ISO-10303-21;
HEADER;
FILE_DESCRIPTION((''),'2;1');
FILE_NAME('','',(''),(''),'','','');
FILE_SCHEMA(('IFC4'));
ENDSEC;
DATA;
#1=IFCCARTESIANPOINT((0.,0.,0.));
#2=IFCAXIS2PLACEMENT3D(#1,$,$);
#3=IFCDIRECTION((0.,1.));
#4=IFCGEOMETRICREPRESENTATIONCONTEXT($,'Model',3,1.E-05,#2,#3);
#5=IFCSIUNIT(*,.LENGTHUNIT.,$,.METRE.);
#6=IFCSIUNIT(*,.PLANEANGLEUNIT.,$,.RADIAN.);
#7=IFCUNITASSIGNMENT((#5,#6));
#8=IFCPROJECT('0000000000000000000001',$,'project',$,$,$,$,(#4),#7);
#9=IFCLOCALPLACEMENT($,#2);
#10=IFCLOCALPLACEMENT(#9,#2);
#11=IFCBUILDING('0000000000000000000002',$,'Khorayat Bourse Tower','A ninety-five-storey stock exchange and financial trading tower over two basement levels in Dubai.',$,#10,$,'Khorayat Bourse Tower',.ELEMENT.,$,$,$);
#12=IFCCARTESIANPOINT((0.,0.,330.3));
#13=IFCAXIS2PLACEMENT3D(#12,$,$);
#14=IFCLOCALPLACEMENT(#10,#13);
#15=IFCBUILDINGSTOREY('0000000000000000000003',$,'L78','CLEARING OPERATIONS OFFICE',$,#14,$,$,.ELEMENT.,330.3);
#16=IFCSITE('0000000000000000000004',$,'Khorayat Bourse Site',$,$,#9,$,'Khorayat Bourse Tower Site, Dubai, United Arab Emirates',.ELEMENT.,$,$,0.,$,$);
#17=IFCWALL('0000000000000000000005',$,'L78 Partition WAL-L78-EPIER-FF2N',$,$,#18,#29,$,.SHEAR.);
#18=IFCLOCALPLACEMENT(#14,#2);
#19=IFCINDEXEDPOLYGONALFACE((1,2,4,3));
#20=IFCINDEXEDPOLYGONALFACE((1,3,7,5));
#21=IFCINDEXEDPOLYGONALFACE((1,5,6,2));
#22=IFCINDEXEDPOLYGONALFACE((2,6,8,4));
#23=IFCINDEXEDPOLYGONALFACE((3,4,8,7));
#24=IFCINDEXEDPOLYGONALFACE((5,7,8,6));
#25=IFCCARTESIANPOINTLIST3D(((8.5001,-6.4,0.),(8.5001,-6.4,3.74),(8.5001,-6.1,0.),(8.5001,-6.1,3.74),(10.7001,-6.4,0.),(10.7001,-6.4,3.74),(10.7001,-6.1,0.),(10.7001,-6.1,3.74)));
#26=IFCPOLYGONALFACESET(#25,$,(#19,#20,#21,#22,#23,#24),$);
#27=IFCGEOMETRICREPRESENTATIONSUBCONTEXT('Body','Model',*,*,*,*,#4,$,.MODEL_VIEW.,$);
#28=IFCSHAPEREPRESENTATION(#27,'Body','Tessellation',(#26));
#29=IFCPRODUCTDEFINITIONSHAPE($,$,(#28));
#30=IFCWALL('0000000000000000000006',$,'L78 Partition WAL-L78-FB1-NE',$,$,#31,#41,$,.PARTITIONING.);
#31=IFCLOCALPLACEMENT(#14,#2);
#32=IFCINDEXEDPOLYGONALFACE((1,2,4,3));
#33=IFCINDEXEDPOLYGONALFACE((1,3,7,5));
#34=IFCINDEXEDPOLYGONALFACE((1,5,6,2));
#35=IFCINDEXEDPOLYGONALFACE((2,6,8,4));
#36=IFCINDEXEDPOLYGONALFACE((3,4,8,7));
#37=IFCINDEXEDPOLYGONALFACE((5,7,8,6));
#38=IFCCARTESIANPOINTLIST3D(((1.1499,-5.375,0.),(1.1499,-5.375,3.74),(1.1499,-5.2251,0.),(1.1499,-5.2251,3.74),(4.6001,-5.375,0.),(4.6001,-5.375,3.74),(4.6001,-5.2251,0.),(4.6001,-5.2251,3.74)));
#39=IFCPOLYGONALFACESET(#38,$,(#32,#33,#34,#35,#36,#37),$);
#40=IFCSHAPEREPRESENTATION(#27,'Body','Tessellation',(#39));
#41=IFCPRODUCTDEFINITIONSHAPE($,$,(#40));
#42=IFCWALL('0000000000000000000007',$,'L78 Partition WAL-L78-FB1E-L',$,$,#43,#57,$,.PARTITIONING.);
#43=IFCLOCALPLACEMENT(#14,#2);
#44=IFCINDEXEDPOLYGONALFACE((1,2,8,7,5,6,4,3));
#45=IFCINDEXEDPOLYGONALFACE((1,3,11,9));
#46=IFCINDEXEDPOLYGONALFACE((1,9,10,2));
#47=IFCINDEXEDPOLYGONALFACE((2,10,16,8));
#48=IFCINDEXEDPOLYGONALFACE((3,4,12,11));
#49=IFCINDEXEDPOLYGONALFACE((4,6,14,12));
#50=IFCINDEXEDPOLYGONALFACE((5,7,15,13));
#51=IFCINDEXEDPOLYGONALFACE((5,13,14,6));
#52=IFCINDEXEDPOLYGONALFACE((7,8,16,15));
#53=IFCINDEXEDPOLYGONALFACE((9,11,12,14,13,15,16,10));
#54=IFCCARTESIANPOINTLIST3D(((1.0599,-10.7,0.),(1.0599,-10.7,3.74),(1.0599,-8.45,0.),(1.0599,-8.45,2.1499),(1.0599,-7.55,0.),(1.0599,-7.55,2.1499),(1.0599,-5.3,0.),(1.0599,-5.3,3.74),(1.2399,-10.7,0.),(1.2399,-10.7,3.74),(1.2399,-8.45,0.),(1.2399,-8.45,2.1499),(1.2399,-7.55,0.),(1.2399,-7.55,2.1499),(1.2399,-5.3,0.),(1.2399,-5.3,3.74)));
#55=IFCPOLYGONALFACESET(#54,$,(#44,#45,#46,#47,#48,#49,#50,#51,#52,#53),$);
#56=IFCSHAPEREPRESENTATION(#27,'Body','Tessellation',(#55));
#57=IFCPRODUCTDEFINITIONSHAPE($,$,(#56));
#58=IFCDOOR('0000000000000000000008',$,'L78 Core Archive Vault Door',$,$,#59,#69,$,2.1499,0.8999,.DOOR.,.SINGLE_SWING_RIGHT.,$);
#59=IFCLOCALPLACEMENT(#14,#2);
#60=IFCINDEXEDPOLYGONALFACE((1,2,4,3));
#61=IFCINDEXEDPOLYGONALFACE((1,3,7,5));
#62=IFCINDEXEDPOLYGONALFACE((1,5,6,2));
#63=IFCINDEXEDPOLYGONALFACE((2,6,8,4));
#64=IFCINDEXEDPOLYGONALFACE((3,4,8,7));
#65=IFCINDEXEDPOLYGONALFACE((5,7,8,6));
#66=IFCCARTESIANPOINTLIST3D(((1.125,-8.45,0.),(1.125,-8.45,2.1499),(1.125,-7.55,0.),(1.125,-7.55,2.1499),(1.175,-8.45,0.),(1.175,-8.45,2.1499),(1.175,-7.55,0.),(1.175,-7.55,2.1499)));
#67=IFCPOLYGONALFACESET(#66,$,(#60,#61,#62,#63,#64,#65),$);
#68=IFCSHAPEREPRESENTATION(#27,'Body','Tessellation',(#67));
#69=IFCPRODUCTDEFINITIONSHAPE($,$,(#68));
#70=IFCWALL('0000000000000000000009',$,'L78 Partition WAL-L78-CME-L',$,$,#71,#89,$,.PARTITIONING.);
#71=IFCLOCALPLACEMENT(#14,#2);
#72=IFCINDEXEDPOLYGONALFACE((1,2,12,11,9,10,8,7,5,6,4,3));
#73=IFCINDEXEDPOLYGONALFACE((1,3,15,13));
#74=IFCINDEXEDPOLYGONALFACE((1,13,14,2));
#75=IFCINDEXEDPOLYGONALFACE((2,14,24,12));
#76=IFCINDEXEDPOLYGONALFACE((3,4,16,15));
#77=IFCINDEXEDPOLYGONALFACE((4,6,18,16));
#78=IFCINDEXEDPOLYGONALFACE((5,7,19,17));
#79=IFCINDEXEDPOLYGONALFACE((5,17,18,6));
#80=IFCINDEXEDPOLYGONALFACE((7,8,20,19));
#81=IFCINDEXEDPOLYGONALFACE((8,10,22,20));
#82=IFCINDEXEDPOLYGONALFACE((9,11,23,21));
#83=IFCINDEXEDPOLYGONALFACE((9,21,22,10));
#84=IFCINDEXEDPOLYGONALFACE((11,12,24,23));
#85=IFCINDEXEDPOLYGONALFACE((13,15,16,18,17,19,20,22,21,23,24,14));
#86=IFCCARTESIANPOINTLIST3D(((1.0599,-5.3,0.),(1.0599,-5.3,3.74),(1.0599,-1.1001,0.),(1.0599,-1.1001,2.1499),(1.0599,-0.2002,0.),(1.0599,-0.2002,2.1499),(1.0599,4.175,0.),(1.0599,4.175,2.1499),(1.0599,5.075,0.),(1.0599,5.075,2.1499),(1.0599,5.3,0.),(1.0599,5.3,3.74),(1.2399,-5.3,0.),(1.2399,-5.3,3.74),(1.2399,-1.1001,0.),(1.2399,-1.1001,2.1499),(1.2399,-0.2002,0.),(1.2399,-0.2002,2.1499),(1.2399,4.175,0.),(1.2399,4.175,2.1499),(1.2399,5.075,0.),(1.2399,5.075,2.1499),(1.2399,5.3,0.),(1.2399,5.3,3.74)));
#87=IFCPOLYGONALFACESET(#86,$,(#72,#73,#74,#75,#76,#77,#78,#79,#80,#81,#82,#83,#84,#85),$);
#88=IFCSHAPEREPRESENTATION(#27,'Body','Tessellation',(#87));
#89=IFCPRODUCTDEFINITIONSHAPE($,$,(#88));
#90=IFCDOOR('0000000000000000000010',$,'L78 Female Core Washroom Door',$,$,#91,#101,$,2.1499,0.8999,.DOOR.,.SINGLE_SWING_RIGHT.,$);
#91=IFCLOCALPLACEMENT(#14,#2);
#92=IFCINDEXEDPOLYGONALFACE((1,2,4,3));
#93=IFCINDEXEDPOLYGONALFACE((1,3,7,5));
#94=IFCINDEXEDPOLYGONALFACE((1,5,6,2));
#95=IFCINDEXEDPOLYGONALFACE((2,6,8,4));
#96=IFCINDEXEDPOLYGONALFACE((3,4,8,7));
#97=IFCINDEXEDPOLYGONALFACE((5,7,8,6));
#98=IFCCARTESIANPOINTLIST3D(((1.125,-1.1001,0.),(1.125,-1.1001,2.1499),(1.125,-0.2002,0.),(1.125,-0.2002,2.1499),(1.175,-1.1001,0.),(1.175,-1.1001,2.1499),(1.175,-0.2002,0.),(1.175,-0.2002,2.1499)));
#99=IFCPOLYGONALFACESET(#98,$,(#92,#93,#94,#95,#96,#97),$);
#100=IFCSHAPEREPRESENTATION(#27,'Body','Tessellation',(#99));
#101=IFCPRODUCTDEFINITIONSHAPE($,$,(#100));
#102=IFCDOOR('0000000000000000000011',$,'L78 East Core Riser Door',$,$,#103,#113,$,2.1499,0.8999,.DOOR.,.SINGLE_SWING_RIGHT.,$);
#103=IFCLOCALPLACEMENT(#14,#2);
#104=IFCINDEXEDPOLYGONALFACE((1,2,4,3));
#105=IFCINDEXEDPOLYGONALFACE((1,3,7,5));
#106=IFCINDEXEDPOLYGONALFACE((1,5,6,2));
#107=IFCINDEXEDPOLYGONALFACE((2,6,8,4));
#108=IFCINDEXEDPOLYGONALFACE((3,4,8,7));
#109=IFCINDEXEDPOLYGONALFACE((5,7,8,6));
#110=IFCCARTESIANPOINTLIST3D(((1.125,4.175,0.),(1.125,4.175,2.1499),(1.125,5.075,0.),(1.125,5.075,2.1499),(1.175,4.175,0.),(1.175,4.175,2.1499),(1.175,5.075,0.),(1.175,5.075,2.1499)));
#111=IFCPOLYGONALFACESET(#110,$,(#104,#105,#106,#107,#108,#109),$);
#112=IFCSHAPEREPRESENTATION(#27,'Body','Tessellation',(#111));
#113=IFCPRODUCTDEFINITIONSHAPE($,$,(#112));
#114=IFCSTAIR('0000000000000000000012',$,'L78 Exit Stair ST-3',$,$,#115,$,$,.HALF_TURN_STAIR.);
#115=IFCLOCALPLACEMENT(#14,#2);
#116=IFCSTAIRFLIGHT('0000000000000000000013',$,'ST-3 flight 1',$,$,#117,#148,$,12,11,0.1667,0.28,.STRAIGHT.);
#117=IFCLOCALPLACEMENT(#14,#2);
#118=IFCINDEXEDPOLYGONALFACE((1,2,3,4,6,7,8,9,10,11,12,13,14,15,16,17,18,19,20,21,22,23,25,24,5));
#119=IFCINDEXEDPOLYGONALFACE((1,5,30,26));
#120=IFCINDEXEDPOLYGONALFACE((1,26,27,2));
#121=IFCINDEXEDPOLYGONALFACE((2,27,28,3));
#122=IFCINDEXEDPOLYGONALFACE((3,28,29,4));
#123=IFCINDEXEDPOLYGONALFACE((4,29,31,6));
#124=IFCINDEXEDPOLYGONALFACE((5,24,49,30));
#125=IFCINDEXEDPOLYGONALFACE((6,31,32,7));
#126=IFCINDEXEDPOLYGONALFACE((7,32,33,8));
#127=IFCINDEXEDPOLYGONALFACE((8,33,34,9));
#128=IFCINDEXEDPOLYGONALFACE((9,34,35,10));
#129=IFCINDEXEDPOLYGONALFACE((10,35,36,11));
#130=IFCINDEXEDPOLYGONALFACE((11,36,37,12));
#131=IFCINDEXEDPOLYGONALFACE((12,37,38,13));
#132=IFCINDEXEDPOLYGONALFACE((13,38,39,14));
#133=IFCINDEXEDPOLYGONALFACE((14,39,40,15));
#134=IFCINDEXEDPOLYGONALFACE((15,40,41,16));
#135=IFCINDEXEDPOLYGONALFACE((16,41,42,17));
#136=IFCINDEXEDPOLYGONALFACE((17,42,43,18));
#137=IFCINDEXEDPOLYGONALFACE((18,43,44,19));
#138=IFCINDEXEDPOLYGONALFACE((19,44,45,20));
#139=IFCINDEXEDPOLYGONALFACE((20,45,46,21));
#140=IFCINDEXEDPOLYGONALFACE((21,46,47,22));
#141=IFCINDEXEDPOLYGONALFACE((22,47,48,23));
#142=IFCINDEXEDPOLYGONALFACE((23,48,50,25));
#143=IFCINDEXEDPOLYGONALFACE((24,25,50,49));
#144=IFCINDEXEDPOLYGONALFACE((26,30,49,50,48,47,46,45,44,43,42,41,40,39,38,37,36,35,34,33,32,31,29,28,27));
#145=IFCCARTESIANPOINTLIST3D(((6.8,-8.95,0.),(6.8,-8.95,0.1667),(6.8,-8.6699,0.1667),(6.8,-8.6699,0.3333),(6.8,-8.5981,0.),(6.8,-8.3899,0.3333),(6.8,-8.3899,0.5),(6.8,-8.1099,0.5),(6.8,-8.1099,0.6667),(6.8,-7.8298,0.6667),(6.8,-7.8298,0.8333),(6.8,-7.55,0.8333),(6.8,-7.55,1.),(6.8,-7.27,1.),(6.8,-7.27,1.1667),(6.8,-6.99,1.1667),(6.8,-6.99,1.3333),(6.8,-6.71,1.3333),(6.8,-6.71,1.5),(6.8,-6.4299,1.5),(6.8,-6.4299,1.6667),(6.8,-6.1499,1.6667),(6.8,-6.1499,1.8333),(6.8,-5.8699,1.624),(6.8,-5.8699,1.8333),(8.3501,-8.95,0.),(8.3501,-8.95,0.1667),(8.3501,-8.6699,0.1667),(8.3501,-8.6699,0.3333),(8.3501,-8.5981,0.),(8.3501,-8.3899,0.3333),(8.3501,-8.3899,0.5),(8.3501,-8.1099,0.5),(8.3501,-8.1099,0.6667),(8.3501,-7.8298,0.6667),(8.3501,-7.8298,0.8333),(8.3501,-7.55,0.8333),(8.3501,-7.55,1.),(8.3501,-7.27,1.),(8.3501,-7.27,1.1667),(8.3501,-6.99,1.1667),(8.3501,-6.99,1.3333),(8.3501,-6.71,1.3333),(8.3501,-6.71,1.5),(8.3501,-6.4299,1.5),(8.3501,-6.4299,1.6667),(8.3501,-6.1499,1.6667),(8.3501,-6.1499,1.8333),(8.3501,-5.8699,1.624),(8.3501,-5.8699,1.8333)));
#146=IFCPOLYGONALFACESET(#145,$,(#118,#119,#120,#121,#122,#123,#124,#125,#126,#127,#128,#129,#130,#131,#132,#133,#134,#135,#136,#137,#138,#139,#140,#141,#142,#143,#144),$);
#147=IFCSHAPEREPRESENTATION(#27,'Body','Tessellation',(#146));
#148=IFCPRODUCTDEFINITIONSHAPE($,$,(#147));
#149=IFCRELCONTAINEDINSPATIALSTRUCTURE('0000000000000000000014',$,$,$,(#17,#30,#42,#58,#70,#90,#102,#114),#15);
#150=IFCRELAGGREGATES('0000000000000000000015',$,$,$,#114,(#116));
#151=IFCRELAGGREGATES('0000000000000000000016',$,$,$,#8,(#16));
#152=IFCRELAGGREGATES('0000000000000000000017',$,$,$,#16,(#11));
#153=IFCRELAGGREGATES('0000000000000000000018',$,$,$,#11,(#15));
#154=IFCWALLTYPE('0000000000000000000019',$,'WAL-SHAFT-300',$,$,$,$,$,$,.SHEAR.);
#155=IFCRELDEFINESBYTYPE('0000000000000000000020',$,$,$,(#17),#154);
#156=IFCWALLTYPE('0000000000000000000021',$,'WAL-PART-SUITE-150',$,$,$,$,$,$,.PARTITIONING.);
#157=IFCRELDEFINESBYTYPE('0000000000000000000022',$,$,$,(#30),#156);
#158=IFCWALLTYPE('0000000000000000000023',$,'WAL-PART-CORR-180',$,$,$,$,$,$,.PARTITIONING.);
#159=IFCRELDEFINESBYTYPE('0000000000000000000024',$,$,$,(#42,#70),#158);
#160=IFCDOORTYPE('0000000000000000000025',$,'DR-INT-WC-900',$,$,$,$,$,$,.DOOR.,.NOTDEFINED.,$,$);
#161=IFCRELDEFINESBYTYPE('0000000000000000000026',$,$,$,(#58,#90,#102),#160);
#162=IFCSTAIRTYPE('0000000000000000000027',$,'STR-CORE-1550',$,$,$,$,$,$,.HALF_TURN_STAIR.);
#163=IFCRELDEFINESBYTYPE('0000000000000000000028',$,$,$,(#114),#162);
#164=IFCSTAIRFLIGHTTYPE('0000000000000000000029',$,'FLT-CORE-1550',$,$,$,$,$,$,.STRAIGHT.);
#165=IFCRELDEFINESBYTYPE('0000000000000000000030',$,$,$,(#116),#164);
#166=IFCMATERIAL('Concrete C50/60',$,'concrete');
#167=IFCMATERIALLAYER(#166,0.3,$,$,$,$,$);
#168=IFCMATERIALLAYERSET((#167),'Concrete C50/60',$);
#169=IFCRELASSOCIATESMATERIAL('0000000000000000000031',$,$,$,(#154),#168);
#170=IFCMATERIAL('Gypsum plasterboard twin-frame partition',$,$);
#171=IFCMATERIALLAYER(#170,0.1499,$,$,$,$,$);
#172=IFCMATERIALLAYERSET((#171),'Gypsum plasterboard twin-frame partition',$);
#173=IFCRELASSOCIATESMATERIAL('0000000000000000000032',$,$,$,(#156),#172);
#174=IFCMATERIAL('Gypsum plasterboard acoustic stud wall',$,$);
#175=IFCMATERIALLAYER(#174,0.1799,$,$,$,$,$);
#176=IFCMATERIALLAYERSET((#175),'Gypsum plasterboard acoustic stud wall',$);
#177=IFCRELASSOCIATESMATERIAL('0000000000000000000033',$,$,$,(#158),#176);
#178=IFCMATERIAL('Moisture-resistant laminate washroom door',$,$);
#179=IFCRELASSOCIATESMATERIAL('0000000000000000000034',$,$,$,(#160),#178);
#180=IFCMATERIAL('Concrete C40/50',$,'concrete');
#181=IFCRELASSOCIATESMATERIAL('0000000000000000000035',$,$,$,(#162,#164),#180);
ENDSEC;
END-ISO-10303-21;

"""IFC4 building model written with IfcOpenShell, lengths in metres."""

from ifc_helpers import new_model, si_unit, direction, frame, frame_2d, origin, place, context, subcontext, project, spatial, polyline, rectangle, outline, extrude, source, transform, mapped, material, layer, layer_set, type_object, element, fill, aggregate, save


model = new_model("IFC4")

# Units and contexts
model_context = context("Model", 3, precision=1e-05, world=origin(), true_north=direction((0.0, 1.0)))
body_context = subcontext(model_context, "Body", "Model", "MODEL_VIEW")
ifc_project = project(units=[si_unit("LENGTHUNIT", "METRE"), si_unit("PLANEANGLEUNIT", "RADIAN")], contexts=[model_context])

# Site, building, storey
site_placement = place(None, origin())
site = spatial("IfcSite", under=ifc_project, at=site_placement, Name="Khorayat Bourse Site", LongName="Khorayat Bourse Tower Site, Dubai, United Arab Emirates", CompositionType="ELEMENT", RefElevation=0.0)
building_placement = place(site_placement, origin())
building = spatial("IfcBuilding", under=site, at=building_placement, Name="Khorayat Bourse Tower", Description="A ninety-five-storey stock exchange and financial trading tower over two basement levels in Dubai.", LongName="Khorayat Bourse Tower", CompositionType="ELEMENT")
storey_placement = place(building_placement, frame((0.0, 0.0, 330.3)))
storey = spatial("IfcBuildingStorey", under=building, at=storey_placement, Name="L78", Description="CLEARING OPERATIONS OFFICE", CompositionType="ELEMENT", Elevation=330.3)

# Walls
ifc_material_1 = material(Name="Concrete C50/60", Category="concrete")
ifc_layer_1 = layer(ifc_material_1, 0.3)
ifc_layer_set_1 = layer_set([ifc_layer_1], Name="Concrete C50/60")
wall_type_1 = type_object("IfcWallType", Name="WAL-SHAFT-300", PredefinedType="SHEAR", material=ifc_layer_set_1)
shared_shape_1 = source(origin(), body_context, "Body", "SweptSolid", [
    extrude(rectangle(XDim=2.2, YDim=0.3, at=frame_2d((1.1001, 0.0))), origin(), (0.0, 0.0, 1.0), 3.74),
])
for number, where, z_axis, x_axis, name in (
    (1, (8.5, -6.25, 0.0), (0.0, 0.0, 1.0), (1.0, 0.0, 0.0), "L78 Partition WAL-L78-EPIER-FF2N"),
):
    element("IfcWall", number, at=place(storey_placement, frame(where, z_axis=z_axis, x_axis=x_axis)), inside=storey, type_object=wall_type_1, Name=name, PredefinedType="SHEAR", context=body_context, shape_type="MappedRepresentation", body=[
        mapped(shared_shape_1, transform((0.0, 0.0, 0.0), scale=1.0)),
    ])
ifc_material_2 = material(Name="Gypsum plasterboard twin-frame partition")
ifc_layer_2 = layer(ifc_material_2, 0.1499)
ifc_layer_set_2 = layer_set([ifc_layer_2], Name="Gypsum plasterboard twin-frame partition")
wall_type_2 = type_object("IfcWallType", Name="WAL-PART-SUITE-150", PredefinedType="PARTITIONING", material=ifc_layer_set_2)
shared_shape_2 = source(origin(), body_context, "Body", "SweptSolid", [
    extrude(rectangle(XDim=3.4502, YDim=0.1499, at=frame_2d((1.7251, 0.0))), origin(), (0.0, 0.0, 1.0), 3.74),
])
wall_1_placement = place(storey_placement, frame((1.1499, -5.3, 0.0), z_axis=(0.0, 0.0, 1.0), x_axis=(1.0, 0.0, 0.0)))
element("IfcWall", 2, at=wall_1_placement, inside=storey, type_object=wall_type_2, Name="L78 Partition WAL-L78-FB1-NE", PredefinedType="PARTITIONING", context=body_context, shape_type="MappedRepresentation", body=[
    mapped(shared_shape_2, transform((0.0, 0.0, 0.0), scale=1.0)),
])

# Shared definitions
ifc_material_3 = material(Name="Gypsum plasterboard acoustic stud wall")
ifc_layer_3 = layer(ifc_material_3, 0.1799)
ifc_layer_set_3 = layer_set([ifc_layer_3], Name="Gypsum plasterboard acoustic stud wall")
wall_type_3 = type_object("IfcWallType", Name="WAL-PART-CORR-180", PredefinedType="PARTITIONING", material=ifc_layer_set_3)
shared_shape_3 = source(origin(), body_context, "Body", "SweptSolid", [
    extrude(rectangle(XDim=5.3999, YDim=0.1799, at=frame_2d((2.7, 0.0))), origin(), (0.0, 0.0, 1.0), 3.74),
])
shared_shape_4 = source(origin(), body_context, "Body", "SweptSolid", [
    extrude(rectangle(XDim=0.8999, YDim=2.1499, at=frame_2d((0.45, 1.075))), frame((0.0, 0.0999, 0.0), z_axis=(0.0, -1.0, 0.0), x_axis=(1.0, 0.0, 0.0)), (0.0, 0.0, 1.0), 0.2),
])
ifc_material_4 = material(Name="Moisture-resistant laminate washroom door")
door_type = type_object("IfcDoorType", Name="DR-INT-WC-900", OperationType="NOTDEFINED", PredefinedType="DOOR", material=ifc_material_4)
shared_shape_5 = source(origin(), body_context, "Body", "SweptSolid", [
    extrude(rectangle(XDim=0.8999, YDim=2.1499, at=frame_2d((0.45, 1.075))), frame((0.0, 0.0249, 0.0), z_axis=(0.0, -1.0, 0.0), x_axis=(1.0, 0.0, 0.0)), (0.0, 0.0, 1.0), 0.05),
])

# Wall, opening, door
wall_2_placement = place(storey_placement, frame((1.1499, -10.7, 0.0), z_axis=(0.0, 0.0, 1.0), x_axis=(0.0, 1.0, 0.0)))
wall_2 = element("IfcWall", 3, at=wall_2_placement, inside=storey, type_object=wall_type_3, Name="L78 Partition WAL-L78-FB1E-L", PredefinedType="PARTITIONING", context=body_context, shape_type="MappedRepresentation", body=[
    mapped(shared_shape_3, transform((0.0, 0.0, 0.0), scale=1.0)),
])
opening_1_placement = place(wall_2_placement, frame((2.25, 0.0, 0.0)))
opening_1 = element("IfcOpeningElement", 4, at=opening_1_placement, cuts=wall_2, PredefinedType="OPENING", context=body_context, shape_type="MappedRepresentation", body=[
    mapped(shared_shape_4, transform((0.0, 0.0, 0.0), scale=1.0)),
])
door_1_placement = place(opening_1_placement, origin())
door_1 = element("IfcDoor", 5, at=door_1_placement, inside=storey, type_object=door_type, Name="L78 Core Archive Vault Door", OperationType="SINGLE_SWING_RIGHT", OverallHeight=2.1499, OverallWidth=0.8999, PredefinedType="DOOR", context=body_context, shape_type="MappedRepresentation", body=[
    mapped(shared_shape_5, transform((0.0, 0.0, 0.0), scale=1.0)),
])
fill(opening_1, door_1)

# Wall, openings, doors
shared_shape_6 = source(origin(), body_context, "Body", "SweptSolid", [
    extrude(rectangle(XDim=10.6001, YDim=0.1799, at=frame_2d((5.3, 0.0))), origin(), (0.0, 0.0, 1.0), 3.74),
])
wall_3_placement = place(storey_placement, frame((1.1499, -5.3, 0.0), z_axis=(0.0, 0.0, 1.0), x_axis=(0.0, 1.0, 0.0)))
wall_3 = element("IfcWall", 6, at=wall_3_placement, inside=storey, type_object=wall_type_3, Name="L78 Partition WAL-L78-CME-L", PredefinedType="PARTITIONING", context=body_context, shape_type="MappedRepresentation", body=[
    mapped(shared_shape_6, transform((0.0, 0.0, 0.0), scale=1.0)),
])
opening_2_placement = place(wall_3_placement, frame((4.2, 0.0, 0.0)))
opening_2 = element("IfcOpeningElement", 7, at=opening_2_placement, cuts=wall_3, PredefinedType="OPENING", context=body_context, shape_type="MappedRepresentation", body=[
    mapped(shared_shape_4, transform((0.0, 0.0, 0.0), scale=1.0)),
])
opening_3_placement = place(wall_3_placement, frame((9.4751, 0.0, 0.0)))
opening_3 = element("IfcOpeningElement", 8, at=opening_3_placement, cuts=wall_3, PredefinedType="OPENING", context=body_context, shape_type="MappedRepresentation", body=[
    mapped(shared_shape_4, transform((0.0, 0.0, 0.0), scale=1.0)),
])
door_2_placement = place(opening_2_placement, origin())
door_2 = element("IfcDoor", 9, at=door_2_placement, inside=storey, type_object=door_type, Name="L78 Female Core Washroom Door", OperationType="SINGLE_SWING_RIGHT", OverallHeight=2.1499, OverallWidth=0.8999, PredefinedType="DOOR", context=body_context, shape_type="MappedRepresentation", body=[
    mapped(shared_shape_5, transform((0.0, 0.0, 0.0), scale=1.0)),
])
fill(opening_2, door_2)
door_3_placement = place(opening_3_placement, origin())
door_3 = element("IfcDoor", 10, at=door_3_placement, inside=storey, type_object=door_type, Name="L78 East Core Riser Door", OperationType="SINGLE_SWING_RIGHT", OverallHeight=2.1499, OverallWidth=0.8999, PredefinedType="DOOR", context=body_context, shape_type="MappedRepresentation", body=[
    mapped(shared_shape_5, transform((0.0, 0.0, 0.0), scale=1.0)),
])
fill(opening_3, door_3)

# Stair, stair flight
ifc_material_5 = material(Name="Concrete C40/50", Category="concrete")
stair_type = type_object("IfcStairType", Name="STR-CORE-1550", PredefinedType="HALF_TURN_STAIR", material=ifc_material_5)
stair_placement = place(storey_placement, origin())
stair = element("IfcStair", 11, at=stair_placement, inside=storey, type_object=stair_type, Name="L78 Exit Stair ST-3", PredefinedType="HALF_TURN_STAIR")
stair_flight_type = type_object("IfcStairFlightType", Name="FLT-CORE-1550", PredefinedType="STRAIGHT", material=ifc_material_5)
shared_shape_7 = source(origin(), body_context, "Body", "SweptSolid", [
    extrude(outline(polyline([(0.0, 0.0), (0.0, 0.1667), (0.28, 0.1667), (0.28, 0.3333), (0.5601, 0.3333), (0.5601, 0.5), (0.8401, 0.5), (0.8401, 0.6667), (1.1201, 0.6667), (1.1201, 0.8333), (1.3999, 0.8333), (1.3999, 1.0), (1.6799, 1.0), (1.6799, 1.1667), (1.96, 1.1667), (1.96, 1.3333), (2.24, 1.3333), (2.24, 1.5), (2.52, 1.5), (2.52, 1.6667), (2.8, 1.6667), (2.8, 1.8333), (3.0801, 1.8333), (3.0801, 2.0), (3.0801, 1.624), (0.3518, 0.0), (0.0, 0.0)])), frame((0.0, 0.7749, 0.0), z_axis=(0.0, -1.0, 0.0), x_axis=(1.0, 0.0, 0.0)), (0.0, 0.0, 1.0), 1.55),
])
stair_flight_1_placement = place(storey_placement, frame((7.575, -8.95, 0.0), z_axis=(0.0, 0.0, 1.0), x_axis=(0.0, 1.0, 0.0)))
stair_flight_1 = element("IfcStairFlight", 12, at=stair_flight_1_placement, type_object=stair_flight_type, Name="ST-3 flight 1", NumberOfRisers=12, NumberOfTreads=11, PredefinedType="STRAIGHT", RiserHeight=0.1667, TreadLength=0.28, context=body_context, shape_type="MappedRepresentation", body=[
    mapped(shared_shape_7, transform((0.0, 0.0, 0.0), scale=1.0)),
])
aggregate(stair, [stair_flight_1])

save(model, "model.ifc")
